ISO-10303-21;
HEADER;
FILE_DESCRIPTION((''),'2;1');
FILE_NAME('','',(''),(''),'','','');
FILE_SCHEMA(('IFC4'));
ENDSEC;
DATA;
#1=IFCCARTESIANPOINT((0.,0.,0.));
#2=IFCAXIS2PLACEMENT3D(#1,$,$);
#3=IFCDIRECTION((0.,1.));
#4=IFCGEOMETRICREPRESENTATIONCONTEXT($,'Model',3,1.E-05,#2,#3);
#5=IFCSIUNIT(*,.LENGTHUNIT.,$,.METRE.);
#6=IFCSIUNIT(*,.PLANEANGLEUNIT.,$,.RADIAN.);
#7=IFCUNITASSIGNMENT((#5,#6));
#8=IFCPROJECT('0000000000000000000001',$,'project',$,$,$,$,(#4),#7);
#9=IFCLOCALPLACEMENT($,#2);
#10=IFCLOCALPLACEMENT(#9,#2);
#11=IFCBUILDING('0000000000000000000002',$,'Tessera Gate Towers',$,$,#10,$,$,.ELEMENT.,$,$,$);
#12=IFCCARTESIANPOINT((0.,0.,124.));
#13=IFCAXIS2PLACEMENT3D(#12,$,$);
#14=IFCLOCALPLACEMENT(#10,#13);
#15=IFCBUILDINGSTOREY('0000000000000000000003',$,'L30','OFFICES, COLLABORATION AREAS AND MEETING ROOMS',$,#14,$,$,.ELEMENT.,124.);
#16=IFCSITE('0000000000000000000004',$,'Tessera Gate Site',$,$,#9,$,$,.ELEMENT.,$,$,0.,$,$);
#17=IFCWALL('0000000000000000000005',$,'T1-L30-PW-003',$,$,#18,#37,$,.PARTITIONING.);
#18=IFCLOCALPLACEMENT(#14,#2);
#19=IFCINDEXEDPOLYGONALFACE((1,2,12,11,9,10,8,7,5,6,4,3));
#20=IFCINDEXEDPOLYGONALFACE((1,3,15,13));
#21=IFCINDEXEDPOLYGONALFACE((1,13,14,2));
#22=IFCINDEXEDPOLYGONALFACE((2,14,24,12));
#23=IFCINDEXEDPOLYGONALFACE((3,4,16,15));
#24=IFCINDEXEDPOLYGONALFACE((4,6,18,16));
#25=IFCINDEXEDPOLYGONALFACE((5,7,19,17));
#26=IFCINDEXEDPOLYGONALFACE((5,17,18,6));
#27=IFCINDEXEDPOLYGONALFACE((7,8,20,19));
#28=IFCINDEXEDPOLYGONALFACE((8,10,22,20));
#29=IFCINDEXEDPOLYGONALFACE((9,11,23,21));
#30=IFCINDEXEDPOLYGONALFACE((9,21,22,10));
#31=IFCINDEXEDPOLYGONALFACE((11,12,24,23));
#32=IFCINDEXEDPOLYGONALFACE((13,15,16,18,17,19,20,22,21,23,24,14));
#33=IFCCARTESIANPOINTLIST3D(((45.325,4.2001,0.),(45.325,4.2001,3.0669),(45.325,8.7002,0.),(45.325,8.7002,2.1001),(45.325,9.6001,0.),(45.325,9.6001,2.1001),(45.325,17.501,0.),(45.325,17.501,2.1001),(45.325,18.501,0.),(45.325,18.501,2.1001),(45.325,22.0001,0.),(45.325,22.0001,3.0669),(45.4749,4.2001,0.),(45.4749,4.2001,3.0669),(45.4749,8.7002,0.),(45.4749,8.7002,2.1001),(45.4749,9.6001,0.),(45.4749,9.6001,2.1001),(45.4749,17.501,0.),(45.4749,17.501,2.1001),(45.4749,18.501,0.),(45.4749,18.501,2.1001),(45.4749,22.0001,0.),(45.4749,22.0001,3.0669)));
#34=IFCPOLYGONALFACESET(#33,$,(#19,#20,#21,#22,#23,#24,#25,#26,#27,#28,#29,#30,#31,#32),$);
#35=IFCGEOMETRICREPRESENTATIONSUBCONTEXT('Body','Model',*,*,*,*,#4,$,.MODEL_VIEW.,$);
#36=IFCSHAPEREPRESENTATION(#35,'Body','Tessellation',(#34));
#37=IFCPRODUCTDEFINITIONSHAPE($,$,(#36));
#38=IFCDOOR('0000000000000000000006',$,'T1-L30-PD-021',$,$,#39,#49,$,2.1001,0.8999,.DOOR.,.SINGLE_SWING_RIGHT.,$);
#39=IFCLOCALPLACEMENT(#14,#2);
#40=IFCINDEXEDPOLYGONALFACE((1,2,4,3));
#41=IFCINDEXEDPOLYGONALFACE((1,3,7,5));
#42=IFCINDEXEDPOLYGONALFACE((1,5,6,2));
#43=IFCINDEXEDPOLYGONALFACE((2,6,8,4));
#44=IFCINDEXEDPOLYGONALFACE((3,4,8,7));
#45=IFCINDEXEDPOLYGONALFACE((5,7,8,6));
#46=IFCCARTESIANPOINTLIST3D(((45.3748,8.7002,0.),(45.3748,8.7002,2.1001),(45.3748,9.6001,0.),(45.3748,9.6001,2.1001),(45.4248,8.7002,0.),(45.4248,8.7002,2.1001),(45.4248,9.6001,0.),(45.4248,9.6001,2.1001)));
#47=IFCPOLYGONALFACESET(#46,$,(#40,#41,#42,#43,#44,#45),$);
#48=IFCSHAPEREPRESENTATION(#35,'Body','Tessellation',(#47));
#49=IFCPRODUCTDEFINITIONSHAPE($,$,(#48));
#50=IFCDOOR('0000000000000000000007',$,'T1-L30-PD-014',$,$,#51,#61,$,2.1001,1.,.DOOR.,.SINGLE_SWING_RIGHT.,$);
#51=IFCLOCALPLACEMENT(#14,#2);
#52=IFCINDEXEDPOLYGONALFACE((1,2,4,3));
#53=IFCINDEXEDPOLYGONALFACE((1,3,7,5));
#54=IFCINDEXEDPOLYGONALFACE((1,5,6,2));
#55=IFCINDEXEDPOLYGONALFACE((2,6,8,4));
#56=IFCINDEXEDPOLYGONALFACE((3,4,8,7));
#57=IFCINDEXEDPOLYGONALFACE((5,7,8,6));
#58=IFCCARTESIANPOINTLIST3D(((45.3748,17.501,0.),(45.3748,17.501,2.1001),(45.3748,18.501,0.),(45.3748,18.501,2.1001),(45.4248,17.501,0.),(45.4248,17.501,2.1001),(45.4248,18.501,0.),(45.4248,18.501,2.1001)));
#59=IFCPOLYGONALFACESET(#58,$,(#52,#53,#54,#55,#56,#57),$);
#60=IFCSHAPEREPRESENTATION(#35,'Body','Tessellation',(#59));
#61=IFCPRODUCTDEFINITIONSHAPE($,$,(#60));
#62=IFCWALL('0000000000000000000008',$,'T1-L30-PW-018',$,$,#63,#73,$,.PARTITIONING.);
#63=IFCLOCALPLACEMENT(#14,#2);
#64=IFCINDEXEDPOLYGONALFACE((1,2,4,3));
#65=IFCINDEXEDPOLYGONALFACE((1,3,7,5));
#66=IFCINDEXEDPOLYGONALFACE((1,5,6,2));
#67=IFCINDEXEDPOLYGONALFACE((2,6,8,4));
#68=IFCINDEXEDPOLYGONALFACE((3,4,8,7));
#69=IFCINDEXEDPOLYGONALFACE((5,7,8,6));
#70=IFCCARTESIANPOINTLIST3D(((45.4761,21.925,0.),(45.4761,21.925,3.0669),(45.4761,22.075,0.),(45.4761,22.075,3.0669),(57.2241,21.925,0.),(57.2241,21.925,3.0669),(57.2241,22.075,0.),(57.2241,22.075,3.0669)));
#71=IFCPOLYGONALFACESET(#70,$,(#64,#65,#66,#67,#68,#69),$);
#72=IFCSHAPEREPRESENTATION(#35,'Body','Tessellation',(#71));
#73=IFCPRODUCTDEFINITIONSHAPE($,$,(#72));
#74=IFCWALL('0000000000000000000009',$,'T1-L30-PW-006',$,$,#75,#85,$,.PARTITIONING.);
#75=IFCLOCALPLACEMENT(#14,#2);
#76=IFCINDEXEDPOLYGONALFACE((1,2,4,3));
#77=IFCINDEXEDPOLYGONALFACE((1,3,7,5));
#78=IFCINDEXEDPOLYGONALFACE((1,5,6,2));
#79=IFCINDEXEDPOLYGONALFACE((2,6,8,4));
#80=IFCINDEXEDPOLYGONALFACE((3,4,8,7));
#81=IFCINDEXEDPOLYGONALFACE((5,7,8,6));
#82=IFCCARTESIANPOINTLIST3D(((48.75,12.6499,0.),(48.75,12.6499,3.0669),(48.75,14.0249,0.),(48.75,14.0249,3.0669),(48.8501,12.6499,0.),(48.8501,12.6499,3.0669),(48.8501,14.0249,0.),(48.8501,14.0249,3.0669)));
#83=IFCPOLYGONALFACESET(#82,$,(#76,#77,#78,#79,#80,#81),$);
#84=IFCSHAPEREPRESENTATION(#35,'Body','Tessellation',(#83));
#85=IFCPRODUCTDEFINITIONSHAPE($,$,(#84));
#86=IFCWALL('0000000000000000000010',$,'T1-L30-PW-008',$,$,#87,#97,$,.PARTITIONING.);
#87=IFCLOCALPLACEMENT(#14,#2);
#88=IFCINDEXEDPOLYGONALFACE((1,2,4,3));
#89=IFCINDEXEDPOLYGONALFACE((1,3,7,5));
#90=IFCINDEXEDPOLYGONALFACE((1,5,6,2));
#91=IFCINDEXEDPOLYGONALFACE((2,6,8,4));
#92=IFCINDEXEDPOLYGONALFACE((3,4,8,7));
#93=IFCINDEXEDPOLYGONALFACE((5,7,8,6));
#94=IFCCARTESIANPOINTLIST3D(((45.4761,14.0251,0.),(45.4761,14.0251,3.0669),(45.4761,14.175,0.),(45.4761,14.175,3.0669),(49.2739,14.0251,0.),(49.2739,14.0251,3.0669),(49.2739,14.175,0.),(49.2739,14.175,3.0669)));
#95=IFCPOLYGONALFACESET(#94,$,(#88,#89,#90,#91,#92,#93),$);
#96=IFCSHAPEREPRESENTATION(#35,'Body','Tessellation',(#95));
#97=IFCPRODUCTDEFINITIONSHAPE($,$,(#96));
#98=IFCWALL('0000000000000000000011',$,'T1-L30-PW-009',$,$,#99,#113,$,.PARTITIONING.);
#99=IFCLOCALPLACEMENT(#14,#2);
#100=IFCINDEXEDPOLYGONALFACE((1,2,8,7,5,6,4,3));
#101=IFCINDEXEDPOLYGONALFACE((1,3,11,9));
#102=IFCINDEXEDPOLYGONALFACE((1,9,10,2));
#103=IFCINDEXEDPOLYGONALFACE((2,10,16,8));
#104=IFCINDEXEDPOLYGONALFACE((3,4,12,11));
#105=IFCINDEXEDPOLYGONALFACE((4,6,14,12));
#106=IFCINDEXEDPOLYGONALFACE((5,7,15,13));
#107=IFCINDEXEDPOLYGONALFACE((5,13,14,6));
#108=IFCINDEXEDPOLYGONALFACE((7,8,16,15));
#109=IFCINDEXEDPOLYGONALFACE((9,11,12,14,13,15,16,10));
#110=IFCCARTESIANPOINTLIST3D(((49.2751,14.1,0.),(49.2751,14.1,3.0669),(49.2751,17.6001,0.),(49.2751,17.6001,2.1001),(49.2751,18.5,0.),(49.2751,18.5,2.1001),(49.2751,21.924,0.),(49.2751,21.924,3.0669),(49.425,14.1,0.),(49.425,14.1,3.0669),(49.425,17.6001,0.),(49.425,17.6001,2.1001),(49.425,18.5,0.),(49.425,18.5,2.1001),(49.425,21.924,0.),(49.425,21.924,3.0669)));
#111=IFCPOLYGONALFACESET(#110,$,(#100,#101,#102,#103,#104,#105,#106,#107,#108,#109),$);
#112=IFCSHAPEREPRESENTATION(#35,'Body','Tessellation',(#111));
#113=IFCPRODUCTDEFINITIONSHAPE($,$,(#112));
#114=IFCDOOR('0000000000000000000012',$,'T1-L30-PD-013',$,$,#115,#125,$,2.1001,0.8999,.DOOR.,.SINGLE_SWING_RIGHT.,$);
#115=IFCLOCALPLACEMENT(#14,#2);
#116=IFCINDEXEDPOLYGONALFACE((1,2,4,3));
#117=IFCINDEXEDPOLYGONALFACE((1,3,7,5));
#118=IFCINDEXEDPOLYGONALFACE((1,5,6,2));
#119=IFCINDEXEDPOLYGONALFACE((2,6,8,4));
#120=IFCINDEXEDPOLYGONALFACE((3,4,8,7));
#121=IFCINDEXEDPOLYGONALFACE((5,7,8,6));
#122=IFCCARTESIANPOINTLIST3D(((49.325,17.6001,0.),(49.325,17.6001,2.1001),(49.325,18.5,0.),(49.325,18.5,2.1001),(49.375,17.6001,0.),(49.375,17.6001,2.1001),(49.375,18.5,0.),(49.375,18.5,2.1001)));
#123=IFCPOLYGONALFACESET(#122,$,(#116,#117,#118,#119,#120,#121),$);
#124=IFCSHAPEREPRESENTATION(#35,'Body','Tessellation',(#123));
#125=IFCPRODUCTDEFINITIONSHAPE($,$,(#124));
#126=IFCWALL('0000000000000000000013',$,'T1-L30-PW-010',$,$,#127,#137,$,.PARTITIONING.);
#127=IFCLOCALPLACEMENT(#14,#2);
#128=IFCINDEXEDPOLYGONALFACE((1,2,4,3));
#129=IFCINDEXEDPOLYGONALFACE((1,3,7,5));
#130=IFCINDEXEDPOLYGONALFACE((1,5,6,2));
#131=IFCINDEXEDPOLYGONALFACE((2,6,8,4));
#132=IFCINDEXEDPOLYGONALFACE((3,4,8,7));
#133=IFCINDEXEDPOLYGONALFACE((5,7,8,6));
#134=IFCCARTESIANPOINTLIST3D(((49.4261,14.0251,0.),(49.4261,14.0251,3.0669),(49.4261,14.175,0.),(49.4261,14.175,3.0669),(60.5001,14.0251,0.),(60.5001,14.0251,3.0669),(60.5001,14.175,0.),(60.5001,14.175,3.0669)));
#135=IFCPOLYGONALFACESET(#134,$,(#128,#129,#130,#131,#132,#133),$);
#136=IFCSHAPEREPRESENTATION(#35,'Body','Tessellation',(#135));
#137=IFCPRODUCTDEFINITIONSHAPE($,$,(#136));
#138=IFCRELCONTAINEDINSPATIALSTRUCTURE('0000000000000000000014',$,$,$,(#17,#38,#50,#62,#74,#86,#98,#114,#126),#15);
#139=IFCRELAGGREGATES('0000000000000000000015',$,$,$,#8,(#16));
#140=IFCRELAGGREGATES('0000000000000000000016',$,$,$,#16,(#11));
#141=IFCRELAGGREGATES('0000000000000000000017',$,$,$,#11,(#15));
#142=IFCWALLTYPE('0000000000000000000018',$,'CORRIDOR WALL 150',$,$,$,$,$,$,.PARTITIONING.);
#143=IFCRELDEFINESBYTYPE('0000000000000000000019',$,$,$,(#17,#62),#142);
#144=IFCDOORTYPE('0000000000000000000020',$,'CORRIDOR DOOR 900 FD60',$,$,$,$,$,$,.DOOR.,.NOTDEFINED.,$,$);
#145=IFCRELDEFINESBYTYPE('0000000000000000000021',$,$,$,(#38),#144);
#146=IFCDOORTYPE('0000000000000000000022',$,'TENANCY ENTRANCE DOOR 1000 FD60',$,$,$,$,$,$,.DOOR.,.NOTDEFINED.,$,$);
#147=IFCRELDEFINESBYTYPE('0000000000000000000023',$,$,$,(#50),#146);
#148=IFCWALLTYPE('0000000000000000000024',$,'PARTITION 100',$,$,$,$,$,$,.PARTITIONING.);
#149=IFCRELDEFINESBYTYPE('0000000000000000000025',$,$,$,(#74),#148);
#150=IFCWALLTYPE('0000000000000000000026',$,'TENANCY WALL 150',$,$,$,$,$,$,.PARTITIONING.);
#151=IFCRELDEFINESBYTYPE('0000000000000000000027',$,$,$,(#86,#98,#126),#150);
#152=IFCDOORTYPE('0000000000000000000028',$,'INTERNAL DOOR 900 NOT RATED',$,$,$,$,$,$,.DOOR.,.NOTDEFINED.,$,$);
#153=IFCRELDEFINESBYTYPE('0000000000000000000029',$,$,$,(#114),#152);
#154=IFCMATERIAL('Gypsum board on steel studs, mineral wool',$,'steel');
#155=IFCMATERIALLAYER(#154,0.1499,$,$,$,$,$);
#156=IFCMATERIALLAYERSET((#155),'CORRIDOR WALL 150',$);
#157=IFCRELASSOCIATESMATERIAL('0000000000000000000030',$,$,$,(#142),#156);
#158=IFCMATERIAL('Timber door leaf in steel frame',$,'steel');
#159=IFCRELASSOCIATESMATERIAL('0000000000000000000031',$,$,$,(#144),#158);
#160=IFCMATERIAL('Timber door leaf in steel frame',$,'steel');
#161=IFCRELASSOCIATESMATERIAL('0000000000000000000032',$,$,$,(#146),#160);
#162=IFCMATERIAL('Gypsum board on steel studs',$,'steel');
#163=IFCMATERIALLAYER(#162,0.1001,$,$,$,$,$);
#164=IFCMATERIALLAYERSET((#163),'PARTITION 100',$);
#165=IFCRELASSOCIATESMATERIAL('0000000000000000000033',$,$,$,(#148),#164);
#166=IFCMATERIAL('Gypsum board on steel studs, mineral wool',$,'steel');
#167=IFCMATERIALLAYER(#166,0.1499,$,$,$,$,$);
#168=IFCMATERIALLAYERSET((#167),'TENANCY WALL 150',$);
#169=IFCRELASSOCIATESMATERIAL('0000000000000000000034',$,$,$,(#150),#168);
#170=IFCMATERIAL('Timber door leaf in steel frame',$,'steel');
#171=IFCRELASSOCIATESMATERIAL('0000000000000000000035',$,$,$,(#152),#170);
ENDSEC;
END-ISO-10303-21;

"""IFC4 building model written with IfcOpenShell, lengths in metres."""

from ifc_helpers import new_model, si_unit, direction, frame, frame_2d, origin, place, context, subcontext, project, spatial, rectangle, extrude, source, transform, mapped, material, layer, layer_set, type_object, element, fill, save


model = new_model("IFC4")

# Units and contexts
model_context = context("Model", 3, precision=1e-05, world=origin(), true_north=direction((0.0, 1.0)))
body_context = subcontext(model_context, "Body", "Model", "MODEL_VIEW")
ifc_project = project(units=[si_unit("LENGTHUNIT", "METRE"), si_unit("PLANEANGLEUNIT", "RADIAN")], contexts=[model_context])

# Site, building, storey
site_placement = place(None, origin())
site = spatial("IfcSite", under=ifc_project, at=site_placement, Name="Tessera Gate Site", CompositionType="ELEMENT", RefElevation=0.0)
building_placement = place(site_placement, origin())
building = spatial("IfcBuilding", under=site, at=building_placement, Name="Tessera Gate Towers", CompositionType="ELEMENT")
storey_placement = place(building_placement, frame((0.0, 0.0, 124.0)))
storey = spatial("IfcBuildingStorey", under=building, at=storey_placement, Name="L30", Description="OFFICES, COLLABORATION AREAS AND MEETING ROOMS", CompositionType="ELEMENT", Elevation=124.0)

# Shared definitions
shared_shape_1 = source(origin(), body_context, "Body", "SweptSolid", [
    extrude(rectangle(XDim=0.8999, YDim=2.1001, at=frame_2d((0.45, 1.05))), frame((0.0, 0.0249, 0.0), z_axis=(0.0, -1.0, 0.0), x_axis=(1.0, 0.0, 0.0)), (0.0, 0.0, 1.0), 0.05),
])

# Wall, openings, doors
ifc_material_1 = material(Name="Gypsum board on steel studs, mineral wool", Category="steel")
ifc_layer_1 = layer(ifc_material_1, 0.1499)
ifc_layer_set_1 = layer_set([ifc_layer_1], Name="CORRIDOR WALL 150")
wall_type_1 = type_object("IfcWallType", Name="CORRIDOR WALL 150", PredefinedType="PARTITIONING", material=ifc_layer_set_1)
wall_1_placement = place(storey_placement, frame((45.3999, 22.0, 0.0), z_axis=(0.0, 0.0, 1.0), x_axis=(0.0, -1.0, 0.0)))
wall_1 = element("IfcWall", 1, at=wall_1_placement, inside=storey, type_object=wall_type_1, Name="T1-L30-PW-003", PredefinedType="PARTITIONING", context=body_context, shape_type="SweptSolid", body=[
    extrude(rectangle(XDim=17.8, YDim=0.1499, at=frame_2d((8.8999, 0.0))), origin(), (0.0, 0.0, 1.0), 3.0669),
])
shared_shape_2 = source(origin(), body_context, "Body", "SweptSolid", [
    extrude(rectangle(XDim=1.0, YDim=2.1001, at=frame_2d((0.5, 1.05))), frame((0.0, 0.085, 0.0), z_axis=(0.0, -1.0, 0.0), x_axis=(1.0, 0.0, 0.0)), (0.0, 0.0, 1.0), 0.1699),
])
opening_1_placement = place(wall_1_placement, frame((3.499, 0.0, 0.0)))
opening_1 = element("IfcOpeningElement", 2, at=opening_1_placement, cuts=wall_1, PredefinedType="OPENING", context=body_context, shape_type="MappedRepresentation", body=[
    mapped(shared_shape_2, transform((0.0, 0.0, 0.0), scale=1.0)),
])
shared_shape_3 = source(origin(), body_context, "Body", "SweptSolid", [
    extrude(rectangle(XDim=0.8999, YDim=2.1001, at=frame_2d((0.45, 1.05))), frame((0.0, 0.085, 0.0), z_axis=(0.0, -1.0, 0.0), x_axis=(1.0, 0.0, 0.0)), (0.0, 0.0, 1.0), 0.1699),
])
opening_2_placement = place(wall_1_placement, frame((12.3999, 0.0, 0.0)))
opening_2 = element("IfcOpeningElement", 3, at=opening_2_placement, cuts=wall_1, PredefinedType="OPENING", context=body_context, shape_type="MappedRepresentation", body=[
    mapped(shared_shape_3, transform((0.0, 0.0, 0.0), scale=1.0)),
])
ifc_material_2 = material(Name="Timber door leaf in steel frame", Category="steel")
door_type_1 = type_object("IfcDoorType", Name="CORRIDOR DOOR 900 FD60", OperationType="NOTDEFINED", PredefinedType="DOOR", material=ifc_material_2)
door_1_placement = place(opening_2_placement, origin())
door_1 = element("IfcDoor", 4, at=door_1_placement, inside=storey, type_object=door_type_1, Name="T1-L30-PD-021", OperationType="SINGLE_SWING_RIGHT", OverallHeight=2.1001, OverallWidth=0.8999, PredefinedType="DOOR", context=body_context, shape_type="MappedRepresentation", body=[
    mapped(shared_shape_1, transform((0.0, 0.0, 0.0), scale=1.0)),
])
fill(opening_2, door_1)
ifc_material_3 = material(Name="Timber door leaf in steel frame", Category="steel")
door_type_2 = type_object("IfcDoorType", Name="TENANCY ENTRANCE DOOR 1000 FD60", OperationType="NOTDEFINED", PredefinedType="DOOR", material=ifc_material_3)
shared_shape_4 = source(origin(), body_context, "Body", "SweptSolid", [
    extrude(rectangle(XDim=1.0, YDim=2.1001, at=frame_2d((0.5, 1.05))), frame((0.0, 0.0249, 0.0), z_axis=(0.0, -1.0, 0.0), x_axis=(1.0, 0.0, 0.0)), (0.0, 0.0, 1.0), 0.05),
])
door_2_placement = place(opening_1_placement, origin())
door_2 = element("IfcDoor", 5, at=door_2_placement, inside=storey, type_object=door_type_2, Name="T1-L30-PD-014", OperationType="SINGLE_SWING_RIGHT", OverallHeight=2.1001, OverallWidth=1.0, PredefinedType="DOOR", context=body_context, shape_type="MappedRepresentation", body=[
    mapped(shared_shape_4, transform((0.0, 0.0, 0.0), scale=1.0)),
])
fill(opening_1, door_2)

# Walls
wall_2_placement = place(storey_placement, frame((45.4761, 22.0, 0.0), z_axis=(0.0, 0.0, 1.0), x_axis=(1.0, 0.0, 0.0)))
element("IfcWall", 6, at=wall_2_placement, inside=storey, type_object=wall_type_1, Name="T1-L30-PW-018", PredefinedType="PARTITIONING", context=body_context, shape_type="SweptSolid", body=[
    extrude(rectangle(XDim=11.748, YDim=0.1499, at=frame_2d((5.874, 0.0))), origin(), (0.0, 0.0, 1.0), 3.0669),
])
ifc_material_4 = material(Name="Gypsum board on steel studs", Category="steel")
ifc_layer_2 = layer(ifc_material_4, 0.1001)
ifc_layer_set_2 = layer_set([ifc_layer_2], Name="PARTITION 100")
wall_type_2 = type_object("IfcWallType", Name="PARTITION 100", PredefinedType="PARTITIONING", material=ifc_layer_set_2)
wall_3_placement = place(storey_placement, frame((48.8, 12.6499, 0.0), z_axis=(0.0, 0.0, 1.0), x_axis=(0.0, 1.0, 0.0)))
element("IfcWall", 7, at=wall_3_placement, inside=storey, type_object=wall_type_2, Name="T1-L30-PW-006", PredefinedType="PARTITIONING", context=body_context, shape_type="SweptSolid", body=[
    extrude(rectangle(XDim=1.375, YDim=0.1001, at=frame_2d((0.6875, 0.0))), origin(), (0.0, 0.0, 1.0), 3.0669),
])
ifc_material_5 = material(Name="Gypsum board on steel studs, mineral wool", Category="steel")
ifc_layer_3 = layer(ifc_material_5, 0.1499)
ifc_layer_set_3 = layer_set([ifc_layer_3], Name="TENANCY WALL 150")
wall_type_3 = type_object("IfcWallType", Name="TENANCY WALL 150", PredefinedType="PARTITIONING", material=ifc_layer_set_3)
wall_4_placement = place(storey_placement, frame((45.4761, 14.1001, 0.0), z_axis=(0.0, 0.0, 1.0), x_axis=(1.0, 0.0, 0.0)))
element("IfcWall", 8, at=wall_4_placement, inside=storey, type_object=wall_type_3, Name="T1-L30-PW-008", PredefinedType="PARTITIONING", context=body_context, shape_type="SweptSolid", body=[
    extrude(rectangle(XDim=3.7979, YDim=0.1499, at=frame_2d((1.8989, 0.0))), origin(), (0.0, 0.0, 1.0), 3.0669),
])

# Wall, opening, door
wall_5_placement = place(storey_placement, frame((49.3501, 21.9241, 0.0), z_axis=(0.0, 0.0, 1.0), x_axis=(0.0, -1.0, 0.0)))
wall_5 = element("IfcWall", 9, at=wall_5_placement, inside=storey, type_object=wall_type_3, Name="T1-L30-PW-009", PredefinedType="PARTITIONING", context=body_context, shape_type="SweptSolid", body=[
    extrude(rectangle(XDim=7.824, YDim=0.1499, at=frame_2d((3.9121, 0.0))), origin(), (0.0, 0.0, 1.0), 3.0669),
])
opening_3_placement = place(wall_5_placement, frame((3.4241, 0.0, 0.0)))
opening_3 = element("IfcOpeningElement", 10, at=opening_3_placement, cuts=wall_5, PredefinedType="OPENING", context=body_context, shape_type="MappedRepresentation", body=[
    mapped(shared_shape_3, transform((0.0, 0.0, 0.0), scale=1.0)),
])
ifc_material_6 = material(Name="Timber door leaf in steel frame", Category="steel")
door_type_3 = type_object("IfcDoorType", Name="INTERNAL DOOR 900 NOT RATED", OperationType="NOTDEFINED", PredefinedType="DOOR", material=ifc_material_6)
door_3_placement = place(opening_3_placement, origin())
door_3 = element("IfcDoor", 11, at=door_3_placement, inside=storey, type_object=door_type_3, Name="T1-L30-PD-013", OperationType="SINGLE_SWING_RIGHT", OverallHeight=2.1001, OverallWidth=0.8999, PredefinedType="DOOR", context=body_context, shape_type="MappedRepresentation", body=[
    mapped(shared_shape_1, transform((0.0, 0.0, 0.0), scale=1.0)),
])
fill(opening_3, door_3)

# Wall
wall_6_placement = place(storey_placement, frame((49.426, 14.1001, 0.0), z_axis=(0.0, 0.0, 1.0), x_axis=(1.0, 0.0, 0.0)))
element("IfcWall", 12, at=wall_6_placement, inside=storey, type_object=wall_type_3, Name="T1-L30-PW-010", PredefinedType="PARTITIONING", context=body_context, shape_type="SweptSolid", body=[
    extrude(rectangle(XDim=11.074, YDim=0.1499, at=frame_2d((5.5371, 0.0))), origin(), (0.0, 0.0, 1.0), 3.0669),
])

save(model, "model.ifc")
